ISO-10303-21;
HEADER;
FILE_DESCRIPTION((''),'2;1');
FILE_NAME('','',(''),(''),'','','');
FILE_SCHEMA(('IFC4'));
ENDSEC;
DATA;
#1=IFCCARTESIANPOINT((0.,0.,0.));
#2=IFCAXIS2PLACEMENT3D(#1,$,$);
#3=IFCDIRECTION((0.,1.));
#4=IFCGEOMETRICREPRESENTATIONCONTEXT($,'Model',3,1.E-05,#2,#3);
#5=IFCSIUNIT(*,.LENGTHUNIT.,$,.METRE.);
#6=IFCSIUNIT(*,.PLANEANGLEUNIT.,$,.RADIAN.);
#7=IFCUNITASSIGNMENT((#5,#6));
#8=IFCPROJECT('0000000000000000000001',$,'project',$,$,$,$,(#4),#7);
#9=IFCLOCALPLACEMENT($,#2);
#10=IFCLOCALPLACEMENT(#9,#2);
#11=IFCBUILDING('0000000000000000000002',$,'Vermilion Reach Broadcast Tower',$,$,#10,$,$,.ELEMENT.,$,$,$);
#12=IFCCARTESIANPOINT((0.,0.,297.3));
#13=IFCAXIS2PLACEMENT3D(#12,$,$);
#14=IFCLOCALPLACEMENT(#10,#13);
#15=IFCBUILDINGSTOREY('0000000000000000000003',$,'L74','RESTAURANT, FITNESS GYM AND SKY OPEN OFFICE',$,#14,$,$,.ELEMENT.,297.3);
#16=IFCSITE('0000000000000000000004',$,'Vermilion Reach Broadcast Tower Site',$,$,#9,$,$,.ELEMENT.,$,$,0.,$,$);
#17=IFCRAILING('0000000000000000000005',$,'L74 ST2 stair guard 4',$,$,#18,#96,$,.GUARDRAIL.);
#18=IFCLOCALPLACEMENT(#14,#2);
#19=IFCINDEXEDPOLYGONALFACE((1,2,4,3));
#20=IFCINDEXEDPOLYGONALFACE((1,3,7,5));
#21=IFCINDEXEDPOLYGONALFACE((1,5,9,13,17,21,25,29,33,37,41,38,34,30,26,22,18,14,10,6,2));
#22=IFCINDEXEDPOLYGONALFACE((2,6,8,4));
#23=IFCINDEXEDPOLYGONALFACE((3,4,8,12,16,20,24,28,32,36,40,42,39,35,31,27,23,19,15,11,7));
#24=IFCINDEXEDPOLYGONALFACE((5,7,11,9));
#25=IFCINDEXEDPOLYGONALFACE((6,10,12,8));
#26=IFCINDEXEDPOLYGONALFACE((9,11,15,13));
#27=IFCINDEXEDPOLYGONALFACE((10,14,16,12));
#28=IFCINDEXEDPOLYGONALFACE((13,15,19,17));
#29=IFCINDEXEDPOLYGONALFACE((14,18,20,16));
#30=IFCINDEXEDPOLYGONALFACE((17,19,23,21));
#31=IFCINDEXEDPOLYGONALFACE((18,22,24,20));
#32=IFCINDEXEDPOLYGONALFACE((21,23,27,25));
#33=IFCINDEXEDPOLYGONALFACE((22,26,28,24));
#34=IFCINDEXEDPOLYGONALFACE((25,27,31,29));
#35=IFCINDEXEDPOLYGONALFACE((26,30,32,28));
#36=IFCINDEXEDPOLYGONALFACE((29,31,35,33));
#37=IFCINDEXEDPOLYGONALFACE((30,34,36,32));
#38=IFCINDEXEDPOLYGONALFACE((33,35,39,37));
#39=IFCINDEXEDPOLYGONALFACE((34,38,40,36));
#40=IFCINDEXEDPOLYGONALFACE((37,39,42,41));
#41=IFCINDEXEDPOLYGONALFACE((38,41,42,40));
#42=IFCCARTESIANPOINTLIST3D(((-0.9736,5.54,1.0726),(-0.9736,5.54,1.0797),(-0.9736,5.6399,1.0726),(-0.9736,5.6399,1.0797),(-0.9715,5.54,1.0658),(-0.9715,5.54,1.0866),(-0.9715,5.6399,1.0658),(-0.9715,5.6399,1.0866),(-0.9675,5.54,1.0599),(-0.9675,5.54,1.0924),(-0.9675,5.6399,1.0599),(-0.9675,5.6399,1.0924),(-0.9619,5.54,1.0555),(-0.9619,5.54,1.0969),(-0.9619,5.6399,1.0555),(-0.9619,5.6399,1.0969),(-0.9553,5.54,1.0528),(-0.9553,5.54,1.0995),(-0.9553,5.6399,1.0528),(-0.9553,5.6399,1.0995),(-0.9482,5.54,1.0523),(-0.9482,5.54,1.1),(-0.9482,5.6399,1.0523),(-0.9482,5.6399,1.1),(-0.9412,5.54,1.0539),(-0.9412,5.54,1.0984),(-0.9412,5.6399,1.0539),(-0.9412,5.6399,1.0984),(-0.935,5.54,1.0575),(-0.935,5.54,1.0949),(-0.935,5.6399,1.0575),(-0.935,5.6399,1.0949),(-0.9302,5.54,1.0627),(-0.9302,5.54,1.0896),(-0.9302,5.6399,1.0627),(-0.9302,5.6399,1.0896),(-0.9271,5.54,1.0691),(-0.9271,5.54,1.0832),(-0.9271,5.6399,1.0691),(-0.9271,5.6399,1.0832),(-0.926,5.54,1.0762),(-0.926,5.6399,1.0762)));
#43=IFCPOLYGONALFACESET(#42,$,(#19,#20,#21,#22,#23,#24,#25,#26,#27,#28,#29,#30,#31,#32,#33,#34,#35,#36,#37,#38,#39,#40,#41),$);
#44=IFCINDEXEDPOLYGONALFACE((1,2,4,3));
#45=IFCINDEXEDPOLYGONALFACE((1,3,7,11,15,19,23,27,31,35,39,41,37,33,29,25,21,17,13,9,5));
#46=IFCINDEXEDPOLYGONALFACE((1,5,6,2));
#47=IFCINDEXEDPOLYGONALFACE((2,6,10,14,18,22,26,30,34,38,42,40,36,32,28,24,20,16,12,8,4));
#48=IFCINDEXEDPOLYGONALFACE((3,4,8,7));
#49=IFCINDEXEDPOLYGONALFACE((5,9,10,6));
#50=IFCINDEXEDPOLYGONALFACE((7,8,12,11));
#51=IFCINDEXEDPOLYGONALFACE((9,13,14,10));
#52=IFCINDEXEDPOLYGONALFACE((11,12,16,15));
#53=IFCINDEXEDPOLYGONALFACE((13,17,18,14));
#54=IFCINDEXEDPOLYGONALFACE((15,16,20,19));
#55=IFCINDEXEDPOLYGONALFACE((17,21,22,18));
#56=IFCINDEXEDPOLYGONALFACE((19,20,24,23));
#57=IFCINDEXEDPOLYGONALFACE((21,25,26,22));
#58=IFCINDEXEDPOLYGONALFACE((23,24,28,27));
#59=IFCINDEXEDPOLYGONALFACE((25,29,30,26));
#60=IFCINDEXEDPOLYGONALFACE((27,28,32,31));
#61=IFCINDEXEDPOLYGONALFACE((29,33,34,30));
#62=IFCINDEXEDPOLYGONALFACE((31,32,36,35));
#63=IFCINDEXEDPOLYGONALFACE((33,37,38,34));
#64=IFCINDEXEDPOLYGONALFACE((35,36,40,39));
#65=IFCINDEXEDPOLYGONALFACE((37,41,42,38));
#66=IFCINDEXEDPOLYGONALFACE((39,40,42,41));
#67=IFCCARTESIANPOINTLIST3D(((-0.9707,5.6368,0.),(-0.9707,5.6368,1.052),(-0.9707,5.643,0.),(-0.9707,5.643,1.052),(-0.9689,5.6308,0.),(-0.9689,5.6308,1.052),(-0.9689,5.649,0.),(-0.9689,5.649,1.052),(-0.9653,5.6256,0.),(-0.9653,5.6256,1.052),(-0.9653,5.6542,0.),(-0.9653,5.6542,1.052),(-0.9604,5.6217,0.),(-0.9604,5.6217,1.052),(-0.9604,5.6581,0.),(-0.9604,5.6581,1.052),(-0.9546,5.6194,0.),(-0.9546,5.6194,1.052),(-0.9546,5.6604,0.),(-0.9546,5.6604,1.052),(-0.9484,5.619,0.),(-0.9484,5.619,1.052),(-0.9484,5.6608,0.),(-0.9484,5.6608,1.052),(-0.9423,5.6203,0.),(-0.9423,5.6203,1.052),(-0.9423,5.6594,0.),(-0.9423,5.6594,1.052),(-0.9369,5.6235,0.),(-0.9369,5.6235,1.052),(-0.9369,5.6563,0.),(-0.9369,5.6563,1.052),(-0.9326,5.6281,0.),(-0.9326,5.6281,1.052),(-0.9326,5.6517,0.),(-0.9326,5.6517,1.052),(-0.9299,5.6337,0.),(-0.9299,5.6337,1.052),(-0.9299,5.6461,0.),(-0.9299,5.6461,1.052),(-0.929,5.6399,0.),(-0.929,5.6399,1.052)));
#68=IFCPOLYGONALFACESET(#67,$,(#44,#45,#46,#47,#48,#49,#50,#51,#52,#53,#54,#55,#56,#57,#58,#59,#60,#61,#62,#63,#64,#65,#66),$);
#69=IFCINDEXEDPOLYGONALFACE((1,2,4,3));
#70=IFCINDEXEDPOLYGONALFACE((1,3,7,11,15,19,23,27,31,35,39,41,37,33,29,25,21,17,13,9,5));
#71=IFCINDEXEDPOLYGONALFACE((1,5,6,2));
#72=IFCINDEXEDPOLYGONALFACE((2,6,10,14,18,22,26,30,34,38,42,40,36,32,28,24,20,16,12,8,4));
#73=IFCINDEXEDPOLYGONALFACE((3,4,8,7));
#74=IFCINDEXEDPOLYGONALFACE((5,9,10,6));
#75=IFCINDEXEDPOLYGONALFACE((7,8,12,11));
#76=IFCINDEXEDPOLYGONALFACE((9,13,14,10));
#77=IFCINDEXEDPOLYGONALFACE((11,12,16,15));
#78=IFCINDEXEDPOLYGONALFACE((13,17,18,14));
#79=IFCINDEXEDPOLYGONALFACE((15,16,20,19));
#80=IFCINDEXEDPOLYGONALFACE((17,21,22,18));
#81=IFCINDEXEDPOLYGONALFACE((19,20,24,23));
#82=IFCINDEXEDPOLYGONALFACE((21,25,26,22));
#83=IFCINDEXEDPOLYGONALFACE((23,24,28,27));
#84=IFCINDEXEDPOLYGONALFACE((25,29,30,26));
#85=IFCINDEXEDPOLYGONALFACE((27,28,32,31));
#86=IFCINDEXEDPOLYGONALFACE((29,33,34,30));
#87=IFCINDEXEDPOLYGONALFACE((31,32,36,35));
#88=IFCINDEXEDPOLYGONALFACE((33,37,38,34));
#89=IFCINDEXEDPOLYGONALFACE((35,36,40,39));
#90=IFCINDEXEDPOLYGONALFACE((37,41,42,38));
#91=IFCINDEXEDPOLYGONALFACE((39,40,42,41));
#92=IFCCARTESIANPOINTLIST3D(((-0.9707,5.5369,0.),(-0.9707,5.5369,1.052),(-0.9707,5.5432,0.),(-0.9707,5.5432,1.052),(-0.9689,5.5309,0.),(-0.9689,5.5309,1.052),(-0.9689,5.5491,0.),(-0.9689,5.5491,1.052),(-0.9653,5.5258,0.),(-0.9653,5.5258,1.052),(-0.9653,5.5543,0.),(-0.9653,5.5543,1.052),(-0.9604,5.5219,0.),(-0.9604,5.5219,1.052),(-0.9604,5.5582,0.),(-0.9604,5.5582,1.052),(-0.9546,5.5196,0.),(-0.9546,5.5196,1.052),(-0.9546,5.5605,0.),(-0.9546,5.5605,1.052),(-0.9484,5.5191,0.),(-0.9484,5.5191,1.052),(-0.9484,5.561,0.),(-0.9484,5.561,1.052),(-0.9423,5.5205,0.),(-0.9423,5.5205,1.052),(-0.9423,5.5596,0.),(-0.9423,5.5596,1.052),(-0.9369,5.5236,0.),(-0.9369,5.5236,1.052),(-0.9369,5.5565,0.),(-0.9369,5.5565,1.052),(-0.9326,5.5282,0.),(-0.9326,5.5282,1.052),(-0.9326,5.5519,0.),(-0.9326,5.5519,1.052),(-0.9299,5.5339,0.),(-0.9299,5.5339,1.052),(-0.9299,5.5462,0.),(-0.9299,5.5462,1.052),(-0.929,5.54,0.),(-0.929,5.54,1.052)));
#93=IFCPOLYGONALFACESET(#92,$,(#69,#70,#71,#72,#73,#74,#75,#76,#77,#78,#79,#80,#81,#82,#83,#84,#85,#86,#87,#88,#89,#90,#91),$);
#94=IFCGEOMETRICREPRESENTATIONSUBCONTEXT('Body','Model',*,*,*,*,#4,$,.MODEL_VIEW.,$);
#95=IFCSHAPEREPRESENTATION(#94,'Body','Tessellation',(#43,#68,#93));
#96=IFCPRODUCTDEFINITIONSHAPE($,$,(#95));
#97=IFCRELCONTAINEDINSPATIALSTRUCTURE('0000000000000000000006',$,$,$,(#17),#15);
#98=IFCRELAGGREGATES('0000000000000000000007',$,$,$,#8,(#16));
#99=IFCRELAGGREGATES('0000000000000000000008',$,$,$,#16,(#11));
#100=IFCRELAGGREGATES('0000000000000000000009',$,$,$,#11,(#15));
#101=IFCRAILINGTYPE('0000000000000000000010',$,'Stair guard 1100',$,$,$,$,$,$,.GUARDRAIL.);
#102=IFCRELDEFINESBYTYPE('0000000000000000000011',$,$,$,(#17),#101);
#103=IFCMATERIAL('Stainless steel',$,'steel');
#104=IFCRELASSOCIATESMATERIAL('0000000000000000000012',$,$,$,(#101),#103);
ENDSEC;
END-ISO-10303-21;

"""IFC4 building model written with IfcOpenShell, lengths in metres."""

from ifc_helpers import new_model, si_unit, direction, frame, origin, origin_2d, place, context, subcontext, project, spatial, circle, extrude, material, type_object, element, save


model = new_model("IFC4")

# Units and contexts
model_context = context("Model", 3, precision=1e-05, world=origin(), true_north=direction((0.0, 1.0)))
body_context = subcontext(model_context, "Body", "Model", "MODEL_VIEW")
ifc_project = project(units=[si_unit("LENGTHUNIT", "METRE"), si_unit("PLANEANGLEUNIT", "RADIAN")], contexts=[model_context])

# Site, building, storey
site_placement = place(None, origin())
site = spatial("IfcSite", under=ifc_project, at=site_placement, Name="Vermilion Reach Broadcast Tower Site", CompositionType="ELEMENT", RefElevation=0.0)
building_placement = place(site_placement, origin())
building = spatial("IfcBuilding", under=site, at=building_placement, Name="Vermilion Reach Broadcast Tower", CompositionType="ELEMENT")
storey_placement = place(building_placement, frame((0.0, 0.0, 297.3)))
storey = spatial("IfcBuildingStorey", under=building, at=storey_placement, Name="L74", Description="RESTAURANT, FITNESS GYM AND SKY OPEN OFFICE", CompositionType="ELEMENT", Elevation=297.3)

# Railing
ifc_material_1 = material(Name="Stainless steel", Category="steel")
railing_type_1 = type_object("IfcRailingType", Name="Stair guard 1100", PredefinedType="GUARDRAIL", material=ifc_material_1)
railing_1_placement = place(storey_placement, frame((-0.95, 5.6399, 0.0)))
element("IfcRailing", 1, at=railing_1_placement, inside=storey, type_object=railing_type_1, Name="L74 ST2 stair guard 4", PredefinedType="GUARDRAIL", context=body_context, shape_type="SweptSolid", body=[
    extrude(circle(Radius=0.0239, at=origin_2d()), frame((0.0, 0.0, 1.0762), z_axis=(0.0, -1.0, 0.0), x_axis=(1.0, 0.0, 0.0)), (0.0, 0.0, 1.0), 0.0999),
    extrude(circle(Radius=0.021, at=origin_2d()), origin(), (0.0, 0.0, 1.0), 1.052),
    extrude(circle(Radius=0.021, at=origin_2d()), frame((0.0, -0.0999, 0.0)), (0.0, 0.0, 1.0), 1.052),
])

save(model, "model.ifc")
